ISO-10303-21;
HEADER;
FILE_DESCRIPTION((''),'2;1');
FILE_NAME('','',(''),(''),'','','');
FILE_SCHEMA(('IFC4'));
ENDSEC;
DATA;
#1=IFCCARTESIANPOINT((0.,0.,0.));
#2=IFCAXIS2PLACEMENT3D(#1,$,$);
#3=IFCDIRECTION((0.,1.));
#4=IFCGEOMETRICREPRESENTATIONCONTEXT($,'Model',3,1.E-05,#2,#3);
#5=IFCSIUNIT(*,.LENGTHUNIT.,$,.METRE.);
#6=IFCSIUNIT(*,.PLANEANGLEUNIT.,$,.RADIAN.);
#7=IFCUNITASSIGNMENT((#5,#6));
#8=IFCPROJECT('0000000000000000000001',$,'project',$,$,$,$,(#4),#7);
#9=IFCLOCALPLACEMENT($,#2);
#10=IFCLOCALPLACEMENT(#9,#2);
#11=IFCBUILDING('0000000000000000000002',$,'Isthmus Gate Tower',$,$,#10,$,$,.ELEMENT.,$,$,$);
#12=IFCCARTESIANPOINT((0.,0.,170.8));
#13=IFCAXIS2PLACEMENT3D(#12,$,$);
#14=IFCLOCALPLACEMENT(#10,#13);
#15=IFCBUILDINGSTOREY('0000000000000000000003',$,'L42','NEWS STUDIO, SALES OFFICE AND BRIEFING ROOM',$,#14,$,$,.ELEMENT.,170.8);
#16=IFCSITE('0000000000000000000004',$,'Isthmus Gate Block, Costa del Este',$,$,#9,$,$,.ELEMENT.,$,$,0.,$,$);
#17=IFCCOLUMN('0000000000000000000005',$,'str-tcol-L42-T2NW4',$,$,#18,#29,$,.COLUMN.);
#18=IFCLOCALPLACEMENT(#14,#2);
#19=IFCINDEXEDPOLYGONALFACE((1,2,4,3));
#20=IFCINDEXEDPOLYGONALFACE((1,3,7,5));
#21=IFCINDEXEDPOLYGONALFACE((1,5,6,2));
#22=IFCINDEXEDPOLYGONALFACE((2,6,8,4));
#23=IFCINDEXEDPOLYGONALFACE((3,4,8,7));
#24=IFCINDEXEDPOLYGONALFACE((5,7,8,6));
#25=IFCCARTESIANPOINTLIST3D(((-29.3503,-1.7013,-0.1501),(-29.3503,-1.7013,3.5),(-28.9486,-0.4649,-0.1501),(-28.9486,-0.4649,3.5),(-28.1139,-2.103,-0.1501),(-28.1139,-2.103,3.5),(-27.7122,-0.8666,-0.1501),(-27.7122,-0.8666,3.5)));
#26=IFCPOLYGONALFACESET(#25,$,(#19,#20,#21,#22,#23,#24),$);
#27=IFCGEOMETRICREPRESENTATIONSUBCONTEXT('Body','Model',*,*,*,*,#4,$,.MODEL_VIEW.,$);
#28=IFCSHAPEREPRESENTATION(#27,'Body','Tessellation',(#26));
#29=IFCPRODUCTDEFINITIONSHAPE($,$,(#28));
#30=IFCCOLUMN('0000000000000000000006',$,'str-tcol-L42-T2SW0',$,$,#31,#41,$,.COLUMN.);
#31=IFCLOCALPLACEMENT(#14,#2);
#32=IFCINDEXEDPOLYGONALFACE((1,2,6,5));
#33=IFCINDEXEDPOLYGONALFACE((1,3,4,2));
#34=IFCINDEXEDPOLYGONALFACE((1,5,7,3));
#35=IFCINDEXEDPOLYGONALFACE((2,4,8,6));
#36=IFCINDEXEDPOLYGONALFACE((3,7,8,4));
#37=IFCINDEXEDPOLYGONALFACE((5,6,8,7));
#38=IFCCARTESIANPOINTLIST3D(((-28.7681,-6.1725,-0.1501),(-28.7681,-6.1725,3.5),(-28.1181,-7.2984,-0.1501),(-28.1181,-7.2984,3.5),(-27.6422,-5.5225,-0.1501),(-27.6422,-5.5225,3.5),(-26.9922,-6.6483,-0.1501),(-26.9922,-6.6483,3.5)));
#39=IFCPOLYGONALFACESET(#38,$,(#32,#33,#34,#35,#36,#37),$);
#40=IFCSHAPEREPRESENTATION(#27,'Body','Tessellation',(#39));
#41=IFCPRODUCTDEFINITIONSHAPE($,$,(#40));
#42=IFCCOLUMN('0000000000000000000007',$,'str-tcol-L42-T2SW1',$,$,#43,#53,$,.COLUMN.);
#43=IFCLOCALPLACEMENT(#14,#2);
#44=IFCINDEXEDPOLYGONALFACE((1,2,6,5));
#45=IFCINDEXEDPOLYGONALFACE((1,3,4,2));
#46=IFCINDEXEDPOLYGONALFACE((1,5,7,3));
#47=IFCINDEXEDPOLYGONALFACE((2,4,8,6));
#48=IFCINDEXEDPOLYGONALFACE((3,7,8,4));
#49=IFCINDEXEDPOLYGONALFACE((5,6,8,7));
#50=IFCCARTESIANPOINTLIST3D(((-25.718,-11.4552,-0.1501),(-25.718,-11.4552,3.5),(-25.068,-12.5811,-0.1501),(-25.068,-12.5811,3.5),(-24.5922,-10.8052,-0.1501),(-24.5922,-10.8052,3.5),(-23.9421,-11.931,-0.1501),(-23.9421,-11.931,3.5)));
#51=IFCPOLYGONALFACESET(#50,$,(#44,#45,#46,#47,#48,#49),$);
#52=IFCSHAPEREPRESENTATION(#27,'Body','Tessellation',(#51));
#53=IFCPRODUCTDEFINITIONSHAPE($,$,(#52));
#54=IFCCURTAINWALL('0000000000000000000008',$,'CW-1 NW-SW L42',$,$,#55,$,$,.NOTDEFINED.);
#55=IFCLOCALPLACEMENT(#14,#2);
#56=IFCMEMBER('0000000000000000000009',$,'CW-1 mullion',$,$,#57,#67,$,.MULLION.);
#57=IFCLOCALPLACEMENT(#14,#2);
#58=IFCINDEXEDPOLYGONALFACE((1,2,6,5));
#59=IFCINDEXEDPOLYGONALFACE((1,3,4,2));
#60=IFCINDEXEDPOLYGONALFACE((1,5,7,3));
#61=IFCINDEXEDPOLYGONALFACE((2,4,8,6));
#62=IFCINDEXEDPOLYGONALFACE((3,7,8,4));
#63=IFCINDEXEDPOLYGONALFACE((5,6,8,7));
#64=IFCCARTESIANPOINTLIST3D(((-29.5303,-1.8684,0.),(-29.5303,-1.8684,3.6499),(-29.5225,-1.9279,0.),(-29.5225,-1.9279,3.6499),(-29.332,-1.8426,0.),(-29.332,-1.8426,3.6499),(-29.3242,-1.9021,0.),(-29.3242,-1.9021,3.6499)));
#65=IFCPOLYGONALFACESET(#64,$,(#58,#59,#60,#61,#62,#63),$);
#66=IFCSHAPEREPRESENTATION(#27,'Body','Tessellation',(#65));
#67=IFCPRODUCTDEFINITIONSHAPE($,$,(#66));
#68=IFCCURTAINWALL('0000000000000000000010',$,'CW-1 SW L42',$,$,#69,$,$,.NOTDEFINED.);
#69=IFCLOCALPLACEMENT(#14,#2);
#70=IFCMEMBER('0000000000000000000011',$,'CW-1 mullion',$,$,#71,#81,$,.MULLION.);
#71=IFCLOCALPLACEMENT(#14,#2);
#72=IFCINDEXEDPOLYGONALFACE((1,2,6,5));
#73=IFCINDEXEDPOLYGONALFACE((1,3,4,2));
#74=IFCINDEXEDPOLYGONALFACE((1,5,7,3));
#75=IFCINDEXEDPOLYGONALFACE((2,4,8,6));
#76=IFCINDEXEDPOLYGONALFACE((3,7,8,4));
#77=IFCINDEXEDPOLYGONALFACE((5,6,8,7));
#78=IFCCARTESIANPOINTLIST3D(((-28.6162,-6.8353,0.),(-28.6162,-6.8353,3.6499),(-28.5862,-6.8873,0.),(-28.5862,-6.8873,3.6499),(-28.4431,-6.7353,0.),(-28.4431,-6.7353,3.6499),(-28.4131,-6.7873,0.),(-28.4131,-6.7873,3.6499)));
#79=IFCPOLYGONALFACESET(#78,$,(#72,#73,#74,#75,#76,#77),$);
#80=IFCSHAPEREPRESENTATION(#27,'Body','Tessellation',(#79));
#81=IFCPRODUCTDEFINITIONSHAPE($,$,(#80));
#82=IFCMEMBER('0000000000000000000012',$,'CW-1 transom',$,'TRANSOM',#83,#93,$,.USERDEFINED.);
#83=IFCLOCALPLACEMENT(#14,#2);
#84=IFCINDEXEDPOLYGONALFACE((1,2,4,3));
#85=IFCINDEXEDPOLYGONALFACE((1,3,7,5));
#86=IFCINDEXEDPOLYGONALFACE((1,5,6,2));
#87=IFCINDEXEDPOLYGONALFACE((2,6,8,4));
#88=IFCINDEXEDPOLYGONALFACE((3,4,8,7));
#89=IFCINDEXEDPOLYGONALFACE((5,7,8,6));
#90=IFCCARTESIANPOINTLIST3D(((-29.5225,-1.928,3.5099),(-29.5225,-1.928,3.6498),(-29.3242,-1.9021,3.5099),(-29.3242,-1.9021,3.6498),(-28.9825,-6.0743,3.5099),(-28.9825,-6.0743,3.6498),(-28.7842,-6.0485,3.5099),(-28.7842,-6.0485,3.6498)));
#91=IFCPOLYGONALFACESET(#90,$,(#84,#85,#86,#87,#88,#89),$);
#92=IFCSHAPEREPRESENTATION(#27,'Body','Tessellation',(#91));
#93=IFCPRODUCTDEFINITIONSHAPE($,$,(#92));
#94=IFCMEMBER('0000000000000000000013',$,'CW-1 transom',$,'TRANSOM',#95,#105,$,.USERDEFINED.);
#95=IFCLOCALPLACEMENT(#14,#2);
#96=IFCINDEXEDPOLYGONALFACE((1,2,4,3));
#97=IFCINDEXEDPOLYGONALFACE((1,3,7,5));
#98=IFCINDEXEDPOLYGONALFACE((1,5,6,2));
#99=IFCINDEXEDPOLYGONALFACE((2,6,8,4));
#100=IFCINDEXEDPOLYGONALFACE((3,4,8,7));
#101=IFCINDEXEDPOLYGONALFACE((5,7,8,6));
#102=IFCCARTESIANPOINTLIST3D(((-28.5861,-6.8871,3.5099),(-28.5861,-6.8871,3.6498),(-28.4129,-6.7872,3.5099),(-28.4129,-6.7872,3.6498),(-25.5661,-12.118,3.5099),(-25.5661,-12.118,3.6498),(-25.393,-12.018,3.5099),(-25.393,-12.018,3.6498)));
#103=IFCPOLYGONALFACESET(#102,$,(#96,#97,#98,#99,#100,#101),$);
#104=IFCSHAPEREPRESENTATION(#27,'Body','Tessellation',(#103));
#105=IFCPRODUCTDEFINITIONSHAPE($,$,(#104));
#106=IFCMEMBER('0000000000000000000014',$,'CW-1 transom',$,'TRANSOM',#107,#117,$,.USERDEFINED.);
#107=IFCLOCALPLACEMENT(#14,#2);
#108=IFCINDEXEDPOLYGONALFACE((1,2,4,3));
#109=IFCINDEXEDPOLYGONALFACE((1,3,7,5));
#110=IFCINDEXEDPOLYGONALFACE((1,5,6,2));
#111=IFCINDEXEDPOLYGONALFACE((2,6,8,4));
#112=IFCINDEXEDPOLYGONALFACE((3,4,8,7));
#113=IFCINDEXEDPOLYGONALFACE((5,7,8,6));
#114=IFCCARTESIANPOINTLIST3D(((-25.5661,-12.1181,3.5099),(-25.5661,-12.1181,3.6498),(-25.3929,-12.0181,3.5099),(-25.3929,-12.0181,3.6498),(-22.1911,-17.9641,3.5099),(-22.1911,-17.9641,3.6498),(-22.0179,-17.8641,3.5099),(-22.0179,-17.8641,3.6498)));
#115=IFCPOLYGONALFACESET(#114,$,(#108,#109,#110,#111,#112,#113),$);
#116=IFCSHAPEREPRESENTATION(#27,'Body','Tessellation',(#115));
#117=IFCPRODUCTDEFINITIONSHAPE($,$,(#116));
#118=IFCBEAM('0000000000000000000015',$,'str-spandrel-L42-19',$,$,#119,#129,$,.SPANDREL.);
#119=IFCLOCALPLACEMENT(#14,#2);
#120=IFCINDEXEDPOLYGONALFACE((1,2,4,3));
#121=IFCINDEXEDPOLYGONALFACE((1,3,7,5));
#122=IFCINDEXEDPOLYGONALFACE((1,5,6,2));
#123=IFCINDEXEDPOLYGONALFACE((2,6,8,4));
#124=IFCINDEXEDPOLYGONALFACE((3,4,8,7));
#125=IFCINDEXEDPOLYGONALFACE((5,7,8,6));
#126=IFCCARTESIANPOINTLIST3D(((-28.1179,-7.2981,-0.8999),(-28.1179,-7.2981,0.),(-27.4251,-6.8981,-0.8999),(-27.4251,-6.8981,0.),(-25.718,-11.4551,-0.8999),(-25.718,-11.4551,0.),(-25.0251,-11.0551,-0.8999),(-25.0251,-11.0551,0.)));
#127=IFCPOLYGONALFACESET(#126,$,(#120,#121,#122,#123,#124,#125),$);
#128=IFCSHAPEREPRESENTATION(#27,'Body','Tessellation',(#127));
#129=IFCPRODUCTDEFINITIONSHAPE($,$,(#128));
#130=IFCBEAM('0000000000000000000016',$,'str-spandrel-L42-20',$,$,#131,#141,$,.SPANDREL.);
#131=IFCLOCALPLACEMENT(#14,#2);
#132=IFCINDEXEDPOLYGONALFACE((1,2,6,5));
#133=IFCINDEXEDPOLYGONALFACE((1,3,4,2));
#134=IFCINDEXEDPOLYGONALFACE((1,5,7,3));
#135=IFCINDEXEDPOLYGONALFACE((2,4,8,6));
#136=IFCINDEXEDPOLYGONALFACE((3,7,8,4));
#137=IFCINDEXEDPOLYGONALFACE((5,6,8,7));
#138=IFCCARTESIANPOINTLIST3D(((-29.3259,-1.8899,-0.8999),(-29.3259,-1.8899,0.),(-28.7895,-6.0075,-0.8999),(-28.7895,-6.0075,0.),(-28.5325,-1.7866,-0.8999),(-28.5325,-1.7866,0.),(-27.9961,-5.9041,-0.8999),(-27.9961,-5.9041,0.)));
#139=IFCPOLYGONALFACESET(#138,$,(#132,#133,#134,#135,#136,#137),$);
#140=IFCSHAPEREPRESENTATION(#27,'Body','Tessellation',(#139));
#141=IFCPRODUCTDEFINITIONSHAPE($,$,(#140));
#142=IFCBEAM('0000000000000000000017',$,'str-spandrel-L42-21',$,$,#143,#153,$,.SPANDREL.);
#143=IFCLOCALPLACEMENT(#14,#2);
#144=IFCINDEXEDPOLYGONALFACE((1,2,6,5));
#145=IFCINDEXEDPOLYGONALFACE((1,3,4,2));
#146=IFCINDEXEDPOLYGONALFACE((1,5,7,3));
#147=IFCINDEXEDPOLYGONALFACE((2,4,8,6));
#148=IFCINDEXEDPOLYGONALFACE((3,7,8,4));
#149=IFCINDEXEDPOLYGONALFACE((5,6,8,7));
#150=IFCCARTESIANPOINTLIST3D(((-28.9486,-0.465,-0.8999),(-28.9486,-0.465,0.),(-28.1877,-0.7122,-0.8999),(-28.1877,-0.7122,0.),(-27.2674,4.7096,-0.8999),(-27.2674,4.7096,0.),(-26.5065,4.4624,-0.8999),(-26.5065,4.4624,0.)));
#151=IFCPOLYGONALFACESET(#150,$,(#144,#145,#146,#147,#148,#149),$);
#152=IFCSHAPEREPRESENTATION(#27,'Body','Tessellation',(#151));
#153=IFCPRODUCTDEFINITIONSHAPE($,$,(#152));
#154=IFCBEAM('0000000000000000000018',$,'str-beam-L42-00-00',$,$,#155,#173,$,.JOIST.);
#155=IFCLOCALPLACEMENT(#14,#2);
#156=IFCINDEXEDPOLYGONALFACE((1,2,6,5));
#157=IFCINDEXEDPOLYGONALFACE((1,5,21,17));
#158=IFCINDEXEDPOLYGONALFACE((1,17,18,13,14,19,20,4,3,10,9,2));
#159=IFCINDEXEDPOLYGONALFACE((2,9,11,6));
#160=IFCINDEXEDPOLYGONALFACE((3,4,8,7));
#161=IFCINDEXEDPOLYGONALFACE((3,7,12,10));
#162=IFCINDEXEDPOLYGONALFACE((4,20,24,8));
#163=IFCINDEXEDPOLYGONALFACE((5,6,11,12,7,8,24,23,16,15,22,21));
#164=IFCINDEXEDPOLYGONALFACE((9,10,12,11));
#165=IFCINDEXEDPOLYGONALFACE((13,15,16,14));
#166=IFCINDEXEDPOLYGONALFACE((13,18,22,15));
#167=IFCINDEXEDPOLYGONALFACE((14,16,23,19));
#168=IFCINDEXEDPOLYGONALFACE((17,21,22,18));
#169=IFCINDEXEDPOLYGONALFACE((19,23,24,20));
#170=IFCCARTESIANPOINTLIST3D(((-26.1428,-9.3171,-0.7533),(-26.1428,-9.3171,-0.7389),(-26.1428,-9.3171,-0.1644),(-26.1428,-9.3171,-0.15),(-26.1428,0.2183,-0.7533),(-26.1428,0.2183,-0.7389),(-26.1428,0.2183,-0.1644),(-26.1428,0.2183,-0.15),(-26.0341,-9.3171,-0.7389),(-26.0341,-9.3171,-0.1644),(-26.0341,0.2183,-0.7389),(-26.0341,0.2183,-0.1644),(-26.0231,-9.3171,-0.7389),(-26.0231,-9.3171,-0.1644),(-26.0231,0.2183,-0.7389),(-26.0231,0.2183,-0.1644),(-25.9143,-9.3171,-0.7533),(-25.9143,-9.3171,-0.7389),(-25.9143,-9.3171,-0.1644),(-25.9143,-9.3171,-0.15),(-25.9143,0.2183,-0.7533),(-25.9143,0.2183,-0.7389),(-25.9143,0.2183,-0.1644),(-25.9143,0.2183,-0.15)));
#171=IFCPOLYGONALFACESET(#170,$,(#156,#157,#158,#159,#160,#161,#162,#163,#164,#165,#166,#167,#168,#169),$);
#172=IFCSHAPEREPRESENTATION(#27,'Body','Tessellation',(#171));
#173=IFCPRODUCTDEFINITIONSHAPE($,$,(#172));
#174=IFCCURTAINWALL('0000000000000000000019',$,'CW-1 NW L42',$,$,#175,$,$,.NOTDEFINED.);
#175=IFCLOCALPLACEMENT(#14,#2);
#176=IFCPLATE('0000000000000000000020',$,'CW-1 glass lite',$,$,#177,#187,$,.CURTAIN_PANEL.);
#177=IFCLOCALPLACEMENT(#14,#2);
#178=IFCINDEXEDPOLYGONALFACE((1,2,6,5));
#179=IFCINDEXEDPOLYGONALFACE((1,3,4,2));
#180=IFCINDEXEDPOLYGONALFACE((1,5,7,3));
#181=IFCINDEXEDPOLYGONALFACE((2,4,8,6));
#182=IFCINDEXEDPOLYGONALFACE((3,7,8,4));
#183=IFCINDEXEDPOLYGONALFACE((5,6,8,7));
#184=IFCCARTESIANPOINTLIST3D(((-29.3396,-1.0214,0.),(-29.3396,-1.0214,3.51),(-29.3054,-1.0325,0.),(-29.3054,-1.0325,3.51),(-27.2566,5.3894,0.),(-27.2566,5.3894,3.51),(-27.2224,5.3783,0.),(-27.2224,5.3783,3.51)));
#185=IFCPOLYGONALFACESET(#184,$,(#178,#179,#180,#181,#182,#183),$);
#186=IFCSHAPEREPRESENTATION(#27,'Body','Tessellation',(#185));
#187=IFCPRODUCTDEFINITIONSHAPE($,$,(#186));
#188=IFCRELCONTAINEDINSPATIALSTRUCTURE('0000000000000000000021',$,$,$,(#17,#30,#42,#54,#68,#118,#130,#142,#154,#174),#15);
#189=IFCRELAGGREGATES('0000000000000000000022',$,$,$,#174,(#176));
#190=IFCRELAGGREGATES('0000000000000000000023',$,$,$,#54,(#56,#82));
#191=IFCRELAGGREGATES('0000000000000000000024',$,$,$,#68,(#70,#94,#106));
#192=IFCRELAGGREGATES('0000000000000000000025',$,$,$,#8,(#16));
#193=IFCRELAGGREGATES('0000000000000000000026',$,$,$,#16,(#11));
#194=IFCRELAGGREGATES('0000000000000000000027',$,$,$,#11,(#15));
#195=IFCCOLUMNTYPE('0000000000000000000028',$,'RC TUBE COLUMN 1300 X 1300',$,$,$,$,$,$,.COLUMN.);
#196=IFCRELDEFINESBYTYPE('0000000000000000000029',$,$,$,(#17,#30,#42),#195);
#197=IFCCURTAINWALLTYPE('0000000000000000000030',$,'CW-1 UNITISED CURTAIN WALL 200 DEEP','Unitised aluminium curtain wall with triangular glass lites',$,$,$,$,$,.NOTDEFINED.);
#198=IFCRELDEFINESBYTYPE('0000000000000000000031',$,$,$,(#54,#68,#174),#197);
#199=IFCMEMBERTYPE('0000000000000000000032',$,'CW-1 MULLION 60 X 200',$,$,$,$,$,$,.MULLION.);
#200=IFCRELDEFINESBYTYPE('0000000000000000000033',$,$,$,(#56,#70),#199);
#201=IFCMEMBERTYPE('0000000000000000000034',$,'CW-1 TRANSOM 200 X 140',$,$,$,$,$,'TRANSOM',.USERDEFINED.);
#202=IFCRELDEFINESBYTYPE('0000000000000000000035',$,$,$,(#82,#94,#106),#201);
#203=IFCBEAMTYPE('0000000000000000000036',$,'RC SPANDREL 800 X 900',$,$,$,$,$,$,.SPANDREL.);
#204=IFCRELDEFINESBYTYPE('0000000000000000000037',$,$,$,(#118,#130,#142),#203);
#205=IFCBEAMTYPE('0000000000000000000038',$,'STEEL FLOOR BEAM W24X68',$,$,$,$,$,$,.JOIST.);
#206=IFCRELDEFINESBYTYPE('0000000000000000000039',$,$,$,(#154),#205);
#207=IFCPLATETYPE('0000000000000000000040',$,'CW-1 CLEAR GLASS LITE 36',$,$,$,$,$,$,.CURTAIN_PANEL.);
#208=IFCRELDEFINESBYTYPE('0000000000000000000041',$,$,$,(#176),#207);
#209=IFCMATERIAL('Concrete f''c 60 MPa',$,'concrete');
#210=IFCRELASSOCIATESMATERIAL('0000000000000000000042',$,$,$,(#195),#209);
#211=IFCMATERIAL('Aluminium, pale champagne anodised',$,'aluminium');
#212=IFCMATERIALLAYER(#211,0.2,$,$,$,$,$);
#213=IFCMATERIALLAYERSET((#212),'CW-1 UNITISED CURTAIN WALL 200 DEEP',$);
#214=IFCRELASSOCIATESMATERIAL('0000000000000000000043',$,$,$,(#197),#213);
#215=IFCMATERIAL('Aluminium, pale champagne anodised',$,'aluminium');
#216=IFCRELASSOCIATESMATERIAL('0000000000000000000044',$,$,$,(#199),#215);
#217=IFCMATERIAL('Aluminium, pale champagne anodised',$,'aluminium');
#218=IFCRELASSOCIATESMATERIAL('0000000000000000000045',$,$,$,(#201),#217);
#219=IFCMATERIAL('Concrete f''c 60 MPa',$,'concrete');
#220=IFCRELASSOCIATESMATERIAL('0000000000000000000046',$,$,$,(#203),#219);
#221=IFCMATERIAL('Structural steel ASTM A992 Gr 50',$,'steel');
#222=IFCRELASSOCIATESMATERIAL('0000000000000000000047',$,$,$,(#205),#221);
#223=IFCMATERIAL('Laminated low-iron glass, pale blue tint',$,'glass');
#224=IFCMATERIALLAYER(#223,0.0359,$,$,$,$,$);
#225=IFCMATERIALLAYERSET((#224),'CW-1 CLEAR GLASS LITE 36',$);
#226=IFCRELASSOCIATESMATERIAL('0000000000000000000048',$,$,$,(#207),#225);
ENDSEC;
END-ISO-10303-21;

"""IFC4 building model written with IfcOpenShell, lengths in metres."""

from ifc_helpers import new_model, si_unit, direction, frame, origin, origin_2d, place, context, subcontext, project, spatial, rectangle, i_section, extrude, material, layer, layer_set, material_profile, profile_set, type_object, element, aggregate, save


model = new_model("IFC4")

# Units and contexts
model_context = context("Model", 3, precision=1e-05, world=origin(), true_north=direction((0.0, 1.0)))
body_context = subcontext(model_context, "Body", "Model", "MODEL_VIEW")
ifc_project = project(units=[si_unit("LENGTHUNIT", "METRE"), si_unit("PLANEANGLEUNIT", "RADIAN")], contexts=[model_context])

# Site, building, storey
site_placement = place(None, origin())
site = spatial("IfcSite", under=ifc_project, at=site_placement, Name="Isthmus Gate Block, Costa del Este", CompositionType="ELEMENT", RefElevation=0.0)
building_placement = place(site_placement, origin())
building = spatial("IfcBuilding", under=site, at=building_placement, Name="Isthmus Gate Tower", CompositionType="ELEMENT")
storey_placement = place(building_placement, frame((0.0, 0.0, 170.8)))
storey = spatial("IfcBuildingStorey", under=building, at=storey_placement, Name="L42", Description="NEWS STUDIO, SALES OFFICE AND BRIEFING ROOM", CompositionType="ELEMENT", Elevation=170.8)

# Columns
ifc_material_1 = material(Name="Concrete f'c 60 MPa", Category="concrete")
ifc_material_profile_1 = material_profile(ifc_material_1, rectangle(XDim=1.3, YDim=1.3, at=origin_2d()), Name="RC 1300X1300")
ifc_profile_set_1 = profile_set([ifc_material_profile_1], Name="Concrete f'c 60 MPa")
column_type = type_object("IfcColumnType", Name="RC TUBE COLUMN 1300 X 1300", PredefinedType="COLUMN", material=ifc_profile_set_1)
for number, where, z_axis, x_axis, name in (
    (1, (-28.5312, -1.2839, -0.1501), (0.0, 0.0, 1.0), (-0.309017, -0.951057, 0.0), "str-tcol-L42-T2NW4"),
    (2, (-27.8801, -6.4104, -0.1501), (0.0, 0.0, 1.0), (0.5, -0.866025, 0.0), "str-tcol-L42-T2SW0"),
    (3, (-24.8301, -11.6931, -0.1501), (0.0, 0.0, 1.0), (0.5, -0.866025, 0.0), "str-tcol-L42-T2SW1"),
):
    element("IfcColumn", number, at=place(storey_placement, frame(where, z_axis=z_axis, x_axis=x_axis)), inside=storey, type_object=column_type, Name=name, PredefinedType="COLUMN", context=body_context, shape_type="SweptSolid", body=[
        extrude(rectangle(XDim=1.3, YDim=1.3, at=origin_2d()), origin(), (0.0, 0.0, 1.0), 3.6501),
    ])

# Curtain walls, members
ifc_material_2 = material(Name="Aluminium, pale champagne anodised", Category="aluminium")
ifc_layer_1 = layer(ifc_material_2, 0.2)
ifc_layer_set_1 = layer_set([ifc_layer_1], Name="CW-1 UNITISED CURTAIN WALL 200 DEEP")
curtain_wall_type = type_object("IfcCurtainWallType", Name="CW-1 UNITISED CURTAIN WALL 200 DEEP", Description="Unitised aluminium curtain wall with triangular glass lites", PredefinedType="NOTDEFINED", material=ifc_layer_set_1)
curtain_wall_1_placement = place(storey_placement, origin())
curtain_wall_1 = element("IfcCurtainWall", 4, at=curtain_wall_1_placement, inside=storey, type_object=curtain_wall_type, Name="CW-1 NW-SW L42", PredefinedType="NOTDEFINED")
ifc_material_3 = material(Name="Aluminium, pale champagne anodised", Category="aluminium")
ifc_material_profile_2 = material_profile(ifc_material_3, rectangle(XDim=0.0601, YDim=0.2, at=origin_2d()), Name="60x200")
ifc_profile_set_2 = profile_set([ifc_material_profile_2], Name="Aluminium, pale champagne anodised")
member_type_1 = type_object("IfcMemberType", Name="CW-1 MULLION 60 X 200", PredefinedType="MULLION", material=ifc_profile_set_2)
member_1_placement = place(storey_placement, frame((-29.4272, -1.8853, 0.0), z_axis=(0.0, 0.0, 1.0), x_axis=(0.129165, -0.991623, 0.0)))
member_1 = element("IfcMember", 5, at=member_1_placement, type_object=member_type_1, Name="CW-1 mullion", PredefinedType="MULLION", context=body_context, shape_type="SweptSolid", body=[
    extrude(rectangle(XDim=0.0601, YDim=0.2, at=origin_2d()), origin(), (0.0, 0.0, 1.0), 3.6499),
])
curtain_wall_2_placement = place(storey_placement, origin())
curtain_wall_2 = element("IfcCurtainWall", 6, at=curtain_wall_2_placement, inside=storey, type_object=curtain_wall_type, Name="CW-1 SW L42", PredefinedType="NOTDEFINED")
member_2_placement = place(storey_placement, frame((-28.5146, -6.8113, 0.0), z_axis=(0.0, 0.0, 1.0), x_axis=(0.5, -0.866025, 0.0)))
member_2 = element("IfcMember", 7, at=member_2_placement, type_object=member_type_1, Name="CW-1 mullion", PredefinedType="MULLION", context=body_context, shape_type="SweptSolid", body=[
    extrude(rectangle(XDim=0.0601, YDim=0.2, at=origin_2d()), origin(), (0.0, 0.0, 1.0), 3.6499),
])

# Members
ifc_material_4 = material(Name="Aluminium, pale champagne anodised", Category="aluminium")
ifc_material_profile_3 = material_profile(ifc_material_4, rectangle(XDim=0.2, YDim=0.1399, at=origin_2d()), Name="200x140")
ifc_profile_set_3 = profile_set([ifc_material_profile_3], Name="Aluminium, pale champagne anodised")
member_type_2 = type_object("IfcMemberType", Name="CW-1 TRANSOM 200 X 140", ElementType="TRANSOM", PredefinedType="USERDEFINED", material=ifc_profile_set_3)
member_3_placement = place(storey_placement, frame((-29.4233, -1.915, 3.5798), z_axis=(0.129149, -0.991625, 0.0), x_axis=(0.991625, 0.129149, 0.0)))
member_3 = element("IfcMember", 8, at=member_3_placement, type_object=member_type_2, Name="CW-1 transom", ObjectType="TRANSOM", PredefinedType="USERDEFINED", context=body_context, shape_type="SweptSolid", body=[
    extrude(rectangle(XDim=0.2, YDim=0.1399, at=origin_2d()), origin(), (0.0, 0.0, 1.0), 4.1814),
])
member_4_placement = place(storey_placement, frame((-28.4995, -6.8372, 3.5798), z_axis=(0.499991, -0.866031, 0.0), x_axis=(0.866031, 0.499991, 0.0)))
member_4 = element("IfcMember", 9, at=member_4_placement, type_object=member_type_2, Name="CW-1 transom", ObjectType="TRANSOM", PredefinedType="USERDEFINED", context=body_context, shape_type="SweptSolid", body=[
    extrude(rectangle(XDim=0.2, YDim=0.1399, at=origin_2d()), origin(), (0.0, 0.0, 1.0), 6.04),
])
member_5_placement = place(storey_placement, frame((-25.4795, -12.0681, 3.5798), z_axis=(0.499982, -0.866036, 0.0), x_axis=(0.866036, 0.499982, 0.0)))
member_5 = element("IfcMember", 10, at=member_5_placement, type_object=member_type_2, Name="CW-1 transom", ObjectType="TRANSOM", PredefinedType="USERDEFINED", context=body_context, shape_type="SweptSolid", body=[
    extrude(rectangle(XDim=0.2, YDim=0.1399, at=origin_2d()), origin(), (0.0, 0.0, 1.0), 6.7502),
])

# Beams
ifc_material_5 = material(Name="Concrete f'c 60 MPa", Category="concrete")
ifc_material_profile_4 = material_profile(ifc_material_5, rectangle(XDim=0.8, YDim=0.8999, at=origin_2d()), Name="RC 800X900")
ifc_profile_set_4 = profile_set([ifc_material_profile_4], Name="Concrete f'c 60 MPa")
beam_type_1 = type_object("IfcBeamType", Name="RC SPANDREL 800 X 900", PredefinedType="SPANDREL", material=ifc_profile_set_4)
beam_1_placement = place(storey_placement, frame((-25.3716, -11.2551, -0.45), z_axis=(-0.499979, 0.866037, 0.0), x_axis=(-0.866037, -0.499979, 0.0)))
element("IfcBeam", 11, at=beam_1_placement, inside=storey, type_object=beam_type_1, Name="str-spandrel-L42-19", PredefinedType="SPANDREL", context=body_context, shape_type="SweptSolid", body=[
    extrude(rectangle(XDim=0.8, YDim=0.8999, at=origin_2d()), origin(), (0.0, 0.0, 1.0), 4.8),
])
beam_2_placement = place(storey_placement, frame((-28.3928, -5.9558, -0.45), z_axis=(-0.129171, 0.991622, 0.0), x_axis=(-0.991622, -0.129171, 0.0)))
element("IfcBeam", 12, at=beam_2_placement, inside=storey, type_object=beam_type_1, Name="str-spandrel-L42-20", PredefinedType="SPANDREL", context=body_context, shape_type="SweptSolid", body=[
    extrude(rectangle(XDim=0.8, YDim=0.8999, at=origin_2d()), origin(), (0.0, 0.0, 1.0), 4.1523),
])
beam_3_placement = place(storey_placement, frame((-28.5681, -0.5886, -0.45), z_axis=(0.30899, 0.951065, 0.0), x_axis=(-0.951065, 0.30899, 0.0)))
element("IfcBeam", 13, at=beam_3_placement, inside=storey, type_object=beam_type_1, Name="str-spandrel-L42-21", PredefinedType="SPANDREL", context=body_context, shape_type="SweptSolid", body=[
    extrude(rectangle(XDim=0.8, YDim=0.8999, at=origin_2d()), origin(), (0.0, 0.0, 1.0), 5.4409),
])
ifc_material_6 = material(Name="Structural steel ASTM A992 Gr 50", Category="steel")
ifc_material_profile_5 = material_profile(ifc_material_6, i_section(OverallWidth=0.2285, OverallDepth=0.6033, WebThickness=0.011, FlangeThickness=0.0144, at=origin_2d()), Name="W24X68")
ifc_profile_set_5 = profile_set([ifc_material_profile_5], Name="Structural steel ASTM A992 Gr 50")
beam_type_2 = type_object("IfcBeamType", Name="STEEL FLOOR BEAM W24X68", PredefinedType="JOIST", material=ifc_profile_set_5)
beam_4_placement = place(storey_placement, frame((-26.0286, -9.3171, -0.4517), z_axis=(0.0, 1.0, 0.0), x_axis=(-1.0, 0.0, 0.0)))
element("IfcBeam", 14, at=beam_4_placement, inside=storey, type_object=beam_type_2, Name="str-beam-L42-00-00", PredefinedType="JOIST", context=body_context, shape_type="SweptSolid", body=[
    extrude(i_section(OverallWidth=0.2285, OverallDepth=0.6033, WebThickness=0.011, FlangeThickness=0.0144, at=origin_2d()), origin(), (0.0, 0.0, 1.0), 9.5354),
])

# Curtain wall, plate
curtain_wall_3_placement = place(storey_placement, origin())
curtain_wall_3 = element("IfcCurtainWall", 15, at=curtain_wall_3_placement, inside=storey, type_object=curtain_wall_type, Name="CW-1 NW L42", PredefinedType="NOTDEFINED")
ifc_material_7 = material(Name="Laminated low-iron glass, pale blue tint", Category="glass")
ifc_layer_2 = layer(ifc_material_7, 0.0359)
ifc_layer_set_2 = layer_set([ifc_layer_2], Name="CW-1 CLEAR GLASS LITE 36")
plate_type = type_object("IfcPlateType", Name="CW-1 CLEAR GLASS LITE 36", PredefinedType="CURTAIN_PANEL", material=ifc_layer_set_2)
plate_1_placement = place(storey_placement, frame((-28.281, 2.1785, 0.0), z_axis=(0.0, 0.0, 1.0), x_axis=(-0.309017, -0.951057, 0.0)))
plate_1 = element("IfcPlate", 16, at=plate_1_placement, type_object=plate_type, Name="CW-1 glass lite", PredefinedType="CURTAIN_PANEL", context=body_context, shape_type="SweptSolid", body=[
    extrude(rectangle(XDim=6.7407, YDim=0.0359, at=origin_2d()), origin(), (0.0, 0.0, 1.0), 3.51),
])
aggregate(curtain_wall_3, [plate_1])

aggregate(curtain_wall_1, [member_1, member_3])
aggregate(curtain_wall_2, [member_2, member_4, member_5])

save(model, "model.ifc")
